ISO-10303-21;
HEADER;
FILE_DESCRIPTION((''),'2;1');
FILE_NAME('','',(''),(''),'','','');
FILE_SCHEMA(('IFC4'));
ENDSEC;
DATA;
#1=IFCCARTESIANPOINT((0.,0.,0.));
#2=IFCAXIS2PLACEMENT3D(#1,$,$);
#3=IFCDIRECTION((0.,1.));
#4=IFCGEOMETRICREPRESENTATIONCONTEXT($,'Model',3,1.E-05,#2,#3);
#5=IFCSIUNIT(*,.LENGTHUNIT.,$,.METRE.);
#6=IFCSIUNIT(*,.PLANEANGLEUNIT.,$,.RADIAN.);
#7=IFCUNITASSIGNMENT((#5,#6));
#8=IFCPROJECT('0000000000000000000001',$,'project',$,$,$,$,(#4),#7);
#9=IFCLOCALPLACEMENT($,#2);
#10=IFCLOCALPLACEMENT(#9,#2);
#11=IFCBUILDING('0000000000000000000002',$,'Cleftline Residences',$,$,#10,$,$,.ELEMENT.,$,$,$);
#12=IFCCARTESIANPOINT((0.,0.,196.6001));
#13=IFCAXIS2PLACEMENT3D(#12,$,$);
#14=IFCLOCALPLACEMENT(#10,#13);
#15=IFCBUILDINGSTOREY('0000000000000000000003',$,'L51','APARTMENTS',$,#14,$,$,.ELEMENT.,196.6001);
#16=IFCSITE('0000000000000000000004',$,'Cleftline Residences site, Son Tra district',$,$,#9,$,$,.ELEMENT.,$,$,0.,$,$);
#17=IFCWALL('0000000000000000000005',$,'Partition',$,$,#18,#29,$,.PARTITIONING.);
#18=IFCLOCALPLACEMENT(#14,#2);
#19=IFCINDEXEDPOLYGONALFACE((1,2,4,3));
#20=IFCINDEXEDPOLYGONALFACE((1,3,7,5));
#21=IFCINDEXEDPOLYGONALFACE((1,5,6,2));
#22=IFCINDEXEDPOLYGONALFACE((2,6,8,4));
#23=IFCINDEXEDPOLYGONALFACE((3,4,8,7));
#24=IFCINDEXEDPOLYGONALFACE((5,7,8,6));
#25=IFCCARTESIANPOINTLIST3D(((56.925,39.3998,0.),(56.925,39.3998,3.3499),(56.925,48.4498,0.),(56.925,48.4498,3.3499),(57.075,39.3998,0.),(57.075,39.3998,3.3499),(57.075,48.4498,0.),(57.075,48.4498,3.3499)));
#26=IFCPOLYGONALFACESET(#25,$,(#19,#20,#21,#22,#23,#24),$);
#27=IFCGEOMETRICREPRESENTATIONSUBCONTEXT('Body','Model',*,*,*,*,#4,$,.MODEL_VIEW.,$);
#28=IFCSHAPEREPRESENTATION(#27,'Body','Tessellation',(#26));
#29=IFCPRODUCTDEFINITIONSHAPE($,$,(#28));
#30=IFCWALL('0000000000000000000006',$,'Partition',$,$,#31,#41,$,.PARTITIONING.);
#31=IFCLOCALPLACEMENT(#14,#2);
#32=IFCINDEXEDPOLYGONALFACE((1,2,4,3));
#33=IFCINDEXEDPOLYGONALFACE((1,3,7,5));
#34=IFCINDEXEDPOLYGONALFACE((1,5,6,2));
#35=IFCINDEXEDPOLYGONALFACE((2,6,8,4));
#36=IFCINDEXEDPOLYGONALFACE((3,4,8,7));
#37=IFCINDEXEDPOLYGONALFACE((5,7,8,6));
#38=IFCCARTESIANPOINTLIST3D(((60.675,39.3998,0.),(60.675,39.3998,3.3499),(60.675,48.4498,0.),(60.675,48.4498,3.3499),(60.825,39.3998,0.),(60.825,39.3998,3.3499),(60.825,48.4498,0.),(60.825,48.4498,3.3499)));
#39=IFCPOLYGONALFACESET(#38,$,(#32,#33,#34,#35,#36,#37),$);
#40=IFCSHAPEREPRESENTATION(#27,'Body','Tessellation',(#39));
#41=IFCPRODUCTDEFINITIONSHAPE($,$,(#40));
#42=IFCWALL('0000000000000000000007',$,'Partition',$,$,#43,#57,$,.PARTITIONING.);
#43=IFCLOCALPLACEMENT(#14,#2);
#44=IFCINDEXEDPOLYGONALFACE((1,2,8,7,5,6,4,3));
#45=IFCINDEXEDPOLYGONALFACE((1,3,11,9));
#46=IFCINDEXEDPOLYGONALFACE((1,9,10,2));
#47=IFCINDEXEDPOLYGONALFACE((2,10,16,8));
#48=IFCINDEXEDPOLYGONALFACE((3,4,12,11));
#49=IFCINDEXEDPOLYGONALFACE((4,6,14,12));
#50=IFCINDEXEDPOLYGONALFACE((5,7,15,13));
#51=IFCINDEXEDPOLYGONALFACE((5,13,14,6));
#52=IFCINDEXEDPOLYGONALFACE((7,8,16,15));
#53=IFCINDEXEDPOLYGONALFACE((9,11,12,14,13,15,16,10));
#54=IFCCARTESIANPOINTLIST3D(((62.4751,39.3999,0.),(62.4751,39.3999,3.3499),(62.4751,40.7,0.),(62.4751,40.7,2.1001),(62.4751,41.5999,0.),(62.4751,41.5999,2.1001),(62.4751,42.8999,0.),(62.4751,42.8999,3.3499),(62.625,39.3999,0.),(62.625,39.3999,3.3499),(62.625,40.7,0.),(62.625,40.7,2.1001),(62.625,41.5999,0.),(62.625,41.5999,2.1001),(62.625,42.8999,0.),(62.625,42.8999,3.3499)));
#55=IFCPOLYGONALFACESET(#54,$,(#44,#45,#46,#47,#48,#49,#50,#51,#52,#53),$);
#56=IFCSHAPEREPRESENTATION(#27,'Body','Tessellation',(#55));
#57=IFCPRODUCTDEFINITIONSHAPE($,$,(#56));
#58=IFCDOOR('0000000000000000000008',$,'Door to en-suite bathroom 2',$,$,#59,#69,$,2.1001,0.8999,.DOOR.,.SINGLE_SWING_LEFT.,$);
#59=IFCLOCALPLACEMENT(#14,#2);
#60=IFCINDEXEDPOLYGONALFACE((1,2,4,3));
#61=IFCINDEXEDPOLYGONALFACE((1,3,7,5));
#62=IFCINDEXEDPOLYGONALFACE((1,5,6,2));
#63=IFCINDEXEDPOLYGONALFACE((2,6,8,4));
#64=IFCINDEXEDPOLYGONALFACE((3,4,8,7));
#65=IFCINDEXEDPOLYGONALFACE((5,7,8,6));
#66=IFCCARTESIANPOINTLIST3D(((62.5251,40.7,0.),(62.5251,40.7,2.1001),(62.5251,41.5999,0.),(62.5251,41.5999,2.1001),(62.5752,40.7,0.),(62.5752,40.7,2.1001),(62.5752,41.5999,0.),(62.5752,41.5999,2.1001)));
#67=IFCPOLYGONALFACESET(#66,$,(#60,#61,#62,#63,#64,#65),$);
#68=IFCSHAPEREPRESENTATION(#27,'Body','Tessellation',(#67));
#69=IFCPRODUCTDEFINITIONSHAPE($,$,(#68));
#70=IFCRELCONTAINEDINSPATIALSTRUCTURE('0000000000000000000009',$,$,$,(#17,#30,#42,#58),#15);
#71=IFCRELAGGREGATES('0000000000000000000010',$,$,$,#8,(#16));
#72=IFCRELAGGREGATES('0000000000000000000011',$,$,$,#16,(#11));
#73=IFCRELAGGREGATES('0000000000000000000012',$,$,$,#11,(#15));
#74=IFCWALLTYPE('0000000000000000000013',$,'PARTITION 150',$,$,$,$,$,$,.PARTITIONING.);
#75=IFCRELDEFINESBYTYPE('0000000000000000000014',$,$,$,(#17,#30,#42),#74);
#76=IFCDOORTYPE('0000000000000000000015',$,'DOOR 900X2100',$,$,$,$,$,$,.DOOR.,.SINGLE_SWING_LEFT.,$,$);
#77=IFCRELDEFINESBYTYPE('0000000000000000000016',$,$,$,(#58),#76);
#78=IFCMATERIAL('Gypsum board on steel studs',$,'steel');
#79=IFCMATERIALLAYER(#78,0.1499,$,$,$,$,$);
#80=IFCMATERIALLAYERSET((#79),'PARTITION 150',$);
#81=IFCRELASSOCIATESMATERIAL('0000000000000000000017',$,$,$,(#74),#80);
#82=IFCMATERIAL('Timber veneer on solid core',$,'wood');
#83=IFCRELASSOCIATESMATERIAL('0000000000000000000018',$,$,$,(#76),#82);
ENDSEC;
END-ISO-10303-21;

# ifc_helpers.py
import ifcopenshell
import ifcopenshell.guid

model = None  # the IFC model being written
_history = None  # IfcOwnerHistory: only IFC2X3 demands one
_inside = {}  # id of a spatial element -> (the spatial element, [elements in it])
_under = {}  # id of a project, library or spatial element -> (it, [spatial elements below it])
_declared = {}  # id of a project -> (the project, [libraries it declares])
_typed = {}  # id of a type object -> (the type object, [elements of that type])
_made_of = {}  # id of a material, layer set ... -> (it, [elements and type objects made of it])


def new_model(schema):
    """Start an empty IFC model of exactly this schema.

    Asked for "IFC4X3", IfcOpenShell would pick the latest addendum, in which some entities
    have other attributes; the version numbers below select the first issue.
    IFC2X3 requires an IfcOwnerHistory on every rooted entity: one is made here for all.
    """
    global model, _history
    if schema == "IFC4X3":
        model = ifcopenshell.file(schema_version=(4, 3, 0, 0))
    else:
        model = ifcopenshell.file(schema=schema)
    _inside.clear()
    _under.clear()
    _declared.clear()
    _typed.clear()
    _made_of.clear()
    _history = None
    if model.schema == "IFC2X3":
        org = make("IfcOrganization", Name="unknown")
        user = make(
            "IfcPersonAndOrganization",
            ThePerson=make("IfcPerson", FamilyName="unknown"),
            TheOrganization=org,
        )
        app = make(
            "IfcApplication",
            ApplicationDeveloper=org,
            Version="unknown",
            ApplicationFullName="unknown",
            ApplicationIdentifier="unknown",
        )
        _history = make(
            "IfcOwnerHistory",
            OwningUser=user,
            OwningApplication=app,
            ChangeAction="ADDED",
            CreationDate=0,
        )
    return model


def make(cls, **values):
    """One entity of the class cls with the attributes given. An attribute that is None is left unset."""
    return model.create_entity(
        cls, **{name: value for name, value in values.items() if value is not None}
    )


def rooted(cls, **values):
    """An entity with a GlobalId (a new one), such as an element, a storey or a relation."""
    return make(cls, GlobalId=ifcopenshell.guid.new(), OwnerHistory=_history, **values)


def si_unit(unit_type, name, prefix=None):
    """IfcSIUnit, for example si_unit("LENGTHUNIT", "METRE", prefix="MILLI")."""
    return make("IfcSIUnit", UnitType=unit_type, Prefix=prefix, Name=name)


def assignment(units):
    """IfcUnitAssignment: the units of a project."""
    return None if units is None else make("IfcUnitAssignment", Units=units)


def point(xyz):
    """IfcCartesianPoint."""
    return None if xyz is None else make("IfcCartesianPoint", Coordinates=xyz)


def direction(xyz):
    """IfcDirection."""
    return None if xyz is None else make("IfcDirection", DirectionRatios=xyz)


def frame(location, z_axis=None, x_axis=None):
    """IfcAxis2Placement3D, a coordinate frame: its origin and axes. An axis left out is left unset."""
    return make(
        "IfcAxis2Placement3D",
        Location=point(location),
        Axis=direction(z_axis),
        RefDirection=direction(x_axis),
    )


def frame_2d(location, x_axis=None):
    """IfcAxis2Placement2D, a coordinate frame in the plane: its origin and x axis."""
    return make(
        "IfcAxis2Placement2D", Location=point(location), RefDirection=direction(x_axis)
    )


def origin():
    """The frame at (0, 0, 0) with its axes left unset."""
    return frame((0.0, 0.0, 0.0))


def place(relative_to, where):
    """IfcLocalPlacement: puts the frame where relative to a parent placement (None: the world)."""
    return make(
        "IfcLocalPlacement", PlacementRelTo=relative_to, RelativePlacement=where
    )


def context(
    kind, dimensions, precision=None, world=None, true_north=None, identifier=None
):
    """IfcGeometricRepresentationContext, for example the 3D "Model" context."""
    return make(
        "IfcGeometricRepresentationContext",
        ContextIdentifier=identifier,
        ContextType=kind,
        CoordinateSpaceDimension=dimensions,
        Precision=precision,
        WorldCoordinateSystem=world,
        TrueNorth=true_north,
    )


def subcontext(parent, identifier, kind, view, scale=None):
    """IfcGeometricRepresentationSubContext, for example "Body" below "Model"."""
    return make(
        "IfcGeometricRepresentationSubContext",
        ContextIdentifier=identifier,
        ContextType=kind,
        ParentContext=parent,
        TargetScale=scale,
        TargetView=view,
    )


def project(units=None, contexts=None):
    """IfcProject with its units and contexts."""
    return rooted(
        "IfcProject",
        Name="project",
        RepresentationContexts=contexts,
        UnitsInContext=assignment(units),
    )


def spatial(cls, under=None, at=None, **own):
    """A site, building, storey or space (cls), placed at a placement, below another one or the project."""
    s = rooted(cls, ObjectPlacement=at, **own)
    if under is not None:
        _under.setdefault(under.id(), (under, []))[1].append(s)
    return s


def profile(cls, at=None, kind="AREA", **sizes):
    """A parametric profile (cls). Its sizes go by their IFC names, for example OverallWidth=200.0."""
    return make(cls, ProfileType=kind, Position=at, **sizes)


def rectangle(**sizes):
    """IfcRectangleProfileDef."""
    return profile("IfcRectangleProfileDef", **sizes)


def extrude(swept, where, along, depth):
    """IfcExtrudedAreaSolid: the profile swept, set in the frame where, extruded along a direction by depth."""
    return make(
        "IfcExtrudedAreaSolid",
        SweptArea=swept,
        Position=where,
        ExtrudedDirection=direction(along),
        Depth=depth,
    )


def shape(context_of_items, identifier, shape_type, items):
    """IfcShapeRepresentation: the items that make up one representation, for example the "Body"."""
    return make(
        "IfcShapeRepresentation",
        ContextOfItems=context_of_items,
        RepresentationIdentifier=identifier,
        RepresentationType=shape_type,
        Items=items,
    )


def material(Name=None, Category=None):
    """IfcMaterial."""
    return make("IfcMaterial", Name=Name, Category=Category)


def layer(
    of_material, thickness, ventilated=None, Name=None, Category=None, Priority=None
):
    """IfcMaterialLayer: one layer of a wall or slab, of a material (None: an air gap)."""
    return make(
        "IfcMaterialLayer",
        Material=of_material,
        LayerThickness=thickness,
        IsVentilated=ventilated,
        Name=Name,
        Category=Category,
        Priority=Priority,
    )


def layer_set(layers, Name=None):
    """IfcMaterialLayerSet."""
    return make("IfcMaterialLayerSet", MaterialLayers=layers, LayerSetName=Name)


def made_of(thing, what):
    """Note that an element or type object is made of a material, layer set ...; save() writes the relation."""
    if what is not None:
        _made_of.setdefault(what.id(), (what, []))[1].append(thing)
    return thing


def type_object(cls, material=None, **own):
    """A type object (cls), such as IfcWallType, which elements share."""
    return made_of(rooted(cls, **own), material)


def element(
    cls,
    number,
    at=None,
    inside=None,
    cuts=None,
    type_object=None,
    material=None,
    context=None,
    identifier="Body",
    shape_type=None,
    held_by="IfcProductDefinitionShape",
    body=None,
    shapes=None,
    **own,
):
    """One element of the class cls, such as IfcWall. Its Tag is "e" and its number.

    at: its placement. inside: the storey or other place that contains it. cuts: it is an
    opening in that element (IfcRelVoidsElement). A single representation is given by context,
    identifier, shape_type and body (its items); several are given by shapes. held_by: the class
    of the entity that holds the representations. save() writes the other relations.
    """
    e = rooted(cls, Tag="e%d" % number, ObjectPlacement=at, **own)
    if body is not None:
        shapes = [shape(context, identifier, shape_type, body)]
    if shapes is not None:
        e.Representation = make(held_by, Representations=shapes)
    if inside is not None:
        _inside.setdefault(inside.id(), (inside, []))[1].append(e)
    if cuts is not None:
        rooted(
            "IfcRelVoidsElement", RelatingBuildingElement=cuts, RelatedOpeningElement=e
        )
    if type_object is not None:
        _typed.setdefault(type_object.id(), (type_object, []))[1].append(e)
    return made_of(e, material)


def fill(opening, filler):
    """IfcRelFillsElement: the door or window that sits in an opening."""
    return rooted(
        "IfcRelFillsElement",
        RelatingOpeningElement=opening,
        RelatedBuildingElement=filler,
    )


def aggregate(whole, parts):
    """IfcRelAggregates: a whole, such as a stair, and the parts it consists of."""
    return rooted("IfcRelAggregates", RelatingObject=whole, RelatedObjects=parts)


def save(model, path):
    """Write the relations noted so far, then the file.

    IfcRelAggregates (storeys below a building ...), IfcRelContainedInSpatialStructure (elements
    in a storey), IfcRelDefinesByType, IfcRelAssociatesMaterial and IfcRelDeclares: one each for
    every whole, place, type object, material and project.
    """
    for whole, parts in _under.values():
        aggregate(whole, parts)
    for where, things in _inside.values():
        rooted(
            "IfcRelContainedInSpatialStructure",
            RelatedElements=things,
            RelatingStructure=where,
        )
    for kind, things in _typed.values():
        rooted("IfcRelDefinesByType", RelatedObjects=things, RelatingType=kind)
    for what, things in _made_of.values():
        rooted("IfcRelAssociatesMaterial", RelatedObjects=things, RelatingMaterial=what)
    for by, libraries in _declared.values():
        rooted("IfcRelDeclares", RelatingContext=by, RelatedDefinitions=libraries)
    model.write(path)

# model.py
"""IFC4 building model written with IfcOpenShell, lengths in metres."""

from ifc_helpers import new_model, si_unit, direction, frame, frame_2d, origin, place, context, subcontext, project, spatial, rectangle, extrude, material, layer, layer_set, type_object, element, fill, save


model = new_model("IFC4")

# Units and contexts
model_context = context("Model", 3, precision=1e-05, world=origin(), true_north=direction((0.0, 1.0)))
body_context = subcontext(model_context, "Body", "Model", "MODEL_VIEW")
ifc_project = project(units=[si_unit("LENGTHUNIT", "METRE"), si_unit("PLANEANGLEUNIT", "RADIAN")], contexts=[model_context])

# Site, building, storey
site_placement = place(None, origin())
site = spatial("IfcSite", under=ifc_project, at=site_placement, Name="Cleftline Residences site, Son Tra district", CompositionType="ELEMENT", RefElevation=0.0)
building_placement = place(site_placement, origin())
building = spatial("IfcBuilding", under=site, at=building_placement, Name="Cleftline Residences", CompositionType="ELEMENT")
storey_placement = place(building_placement, frame((0.0, 0.0, 196.6001)))
storey = spatial("IfcBuildingStorey", under=building, at=storey_placement, Name="L51", Description="APARTMENTS", CompositionType="ELEMENT", Elevation=196.6001)

# Shared definitions
ifc_material_1 = material(Name="Gypsum board on steel studs", Category="steel")
ifc_layer = layer(ifc_material_1, 0.1499)
ifc_layer_set = layer_set([ifc_layer], Name="PARTITION 150")
wall_type = type_object("IfcWallType", Name="PARTITION 150", PredefinedType="PARTITIONING", material=ifc_layer_set)

# Shared definitions
ifc_material_2 = material(Name="Timber veneer on solid core", Category="wood")
door_type_1 = type_object("IfcDoorType", Name="DOOR 900X2100", OperationType="SINGLE_SWING_LEFT", PredefinedType="DOOR", material=ifc_material_2)

# Walls
for number, where, z_axis, x_axis, name in (
    (1, (57.0, 39.3999, 0.0), (0.0, 0.0, 1.0), (0.0, 1.0, 0.0), "Partition"),
    (2, (60.75, 39.3999, 0.0), (0.0, 0.0, 1.0), (0.0, 1.0, 0.0), "Partition"),
):
    element("IfcWall", number, at=place(storey_placement, frame(where, z_axis=z_axis, x_axis=x_axis)), inside=storey, type_object=wall_type, Name=name, PredefinedType="PARTITIONING", context=body_context, shape_type="SweptSolid", body=[
        extrude(rectangle(XDim=9.05, YDim=0.1499, at=frame_2d((4.5249, 0.0))), origin(), (0.0, 0.0, 1.0), 3.3499),
    ])

# Wall, opening, door
wall_1_placement = place(storey_placement, frame((62.55, 39.3999, 0.0), z_axis=(0.0, 0.0, 1.0), x_axis=(0.0, 1.0, 0.0)))
wall_1 = element("IfcWall", 3, at=wall_1_placement, inside=storey, type_object=wall_type, Name="Partition", PredefinedType="PARTITIONING", context=body_context, shape_type="SweptSolid", body=[
    extrude(rectangle(XDim=3.5, YDim=0.1499, at=frame_2d((1.75, 0.0))), origin(), (0.0, 0.0, 1.0), 3.3499),
])
opening_1_placement = place(wall_1_placement, frame((1.3, 0.0, 0.0)))
opening_1 = element("IfcOpeningElement", 4, at=opening_1_placement, cuts=wall_1, PredefinedType="OPENING", context=body_context, shape_type="SweptSolid", body=[
    extrude(rectangle(XDim=0.8999, YDim=2.1001, at=frame_2d((0.45, 1.05))), frame((0.0, 0.085, 0.0), z_axis=(0.0, -1.0, 0.0), x_axis=(1.0, 0.0, 0.0)), (0.0, 0.0, 1.0), 0.1699),
])
door_1_placement = place(opening_1_placement, origin())
door_1 = element("IfcDoor", 5, at=door_1_placement, inside=storey, type_object=door_type_1, Name="Door to en-suite bathroom 2", OperationType="SINGLE_SWING_LEFT", OverallHeight=2.1001, OverallWidth=0.8999, PredefinedType="DOOR", context=body_context, shape_type="SweptSolid", body=[
    extrude(rectangle(XDim=0.8999, YDim=2.1001, at=frame_2d((0.45, 1.05))), frame((0.0, 0.0249, 0.0), z_axis=(0.0, -1.0, 0.0), x_axis=(1.0, 0.0, 0.0)), (0.0, 0.0, 1.0), 0.05),
])
fill(opening_1, door_1)

save(model, "model.ifc")
